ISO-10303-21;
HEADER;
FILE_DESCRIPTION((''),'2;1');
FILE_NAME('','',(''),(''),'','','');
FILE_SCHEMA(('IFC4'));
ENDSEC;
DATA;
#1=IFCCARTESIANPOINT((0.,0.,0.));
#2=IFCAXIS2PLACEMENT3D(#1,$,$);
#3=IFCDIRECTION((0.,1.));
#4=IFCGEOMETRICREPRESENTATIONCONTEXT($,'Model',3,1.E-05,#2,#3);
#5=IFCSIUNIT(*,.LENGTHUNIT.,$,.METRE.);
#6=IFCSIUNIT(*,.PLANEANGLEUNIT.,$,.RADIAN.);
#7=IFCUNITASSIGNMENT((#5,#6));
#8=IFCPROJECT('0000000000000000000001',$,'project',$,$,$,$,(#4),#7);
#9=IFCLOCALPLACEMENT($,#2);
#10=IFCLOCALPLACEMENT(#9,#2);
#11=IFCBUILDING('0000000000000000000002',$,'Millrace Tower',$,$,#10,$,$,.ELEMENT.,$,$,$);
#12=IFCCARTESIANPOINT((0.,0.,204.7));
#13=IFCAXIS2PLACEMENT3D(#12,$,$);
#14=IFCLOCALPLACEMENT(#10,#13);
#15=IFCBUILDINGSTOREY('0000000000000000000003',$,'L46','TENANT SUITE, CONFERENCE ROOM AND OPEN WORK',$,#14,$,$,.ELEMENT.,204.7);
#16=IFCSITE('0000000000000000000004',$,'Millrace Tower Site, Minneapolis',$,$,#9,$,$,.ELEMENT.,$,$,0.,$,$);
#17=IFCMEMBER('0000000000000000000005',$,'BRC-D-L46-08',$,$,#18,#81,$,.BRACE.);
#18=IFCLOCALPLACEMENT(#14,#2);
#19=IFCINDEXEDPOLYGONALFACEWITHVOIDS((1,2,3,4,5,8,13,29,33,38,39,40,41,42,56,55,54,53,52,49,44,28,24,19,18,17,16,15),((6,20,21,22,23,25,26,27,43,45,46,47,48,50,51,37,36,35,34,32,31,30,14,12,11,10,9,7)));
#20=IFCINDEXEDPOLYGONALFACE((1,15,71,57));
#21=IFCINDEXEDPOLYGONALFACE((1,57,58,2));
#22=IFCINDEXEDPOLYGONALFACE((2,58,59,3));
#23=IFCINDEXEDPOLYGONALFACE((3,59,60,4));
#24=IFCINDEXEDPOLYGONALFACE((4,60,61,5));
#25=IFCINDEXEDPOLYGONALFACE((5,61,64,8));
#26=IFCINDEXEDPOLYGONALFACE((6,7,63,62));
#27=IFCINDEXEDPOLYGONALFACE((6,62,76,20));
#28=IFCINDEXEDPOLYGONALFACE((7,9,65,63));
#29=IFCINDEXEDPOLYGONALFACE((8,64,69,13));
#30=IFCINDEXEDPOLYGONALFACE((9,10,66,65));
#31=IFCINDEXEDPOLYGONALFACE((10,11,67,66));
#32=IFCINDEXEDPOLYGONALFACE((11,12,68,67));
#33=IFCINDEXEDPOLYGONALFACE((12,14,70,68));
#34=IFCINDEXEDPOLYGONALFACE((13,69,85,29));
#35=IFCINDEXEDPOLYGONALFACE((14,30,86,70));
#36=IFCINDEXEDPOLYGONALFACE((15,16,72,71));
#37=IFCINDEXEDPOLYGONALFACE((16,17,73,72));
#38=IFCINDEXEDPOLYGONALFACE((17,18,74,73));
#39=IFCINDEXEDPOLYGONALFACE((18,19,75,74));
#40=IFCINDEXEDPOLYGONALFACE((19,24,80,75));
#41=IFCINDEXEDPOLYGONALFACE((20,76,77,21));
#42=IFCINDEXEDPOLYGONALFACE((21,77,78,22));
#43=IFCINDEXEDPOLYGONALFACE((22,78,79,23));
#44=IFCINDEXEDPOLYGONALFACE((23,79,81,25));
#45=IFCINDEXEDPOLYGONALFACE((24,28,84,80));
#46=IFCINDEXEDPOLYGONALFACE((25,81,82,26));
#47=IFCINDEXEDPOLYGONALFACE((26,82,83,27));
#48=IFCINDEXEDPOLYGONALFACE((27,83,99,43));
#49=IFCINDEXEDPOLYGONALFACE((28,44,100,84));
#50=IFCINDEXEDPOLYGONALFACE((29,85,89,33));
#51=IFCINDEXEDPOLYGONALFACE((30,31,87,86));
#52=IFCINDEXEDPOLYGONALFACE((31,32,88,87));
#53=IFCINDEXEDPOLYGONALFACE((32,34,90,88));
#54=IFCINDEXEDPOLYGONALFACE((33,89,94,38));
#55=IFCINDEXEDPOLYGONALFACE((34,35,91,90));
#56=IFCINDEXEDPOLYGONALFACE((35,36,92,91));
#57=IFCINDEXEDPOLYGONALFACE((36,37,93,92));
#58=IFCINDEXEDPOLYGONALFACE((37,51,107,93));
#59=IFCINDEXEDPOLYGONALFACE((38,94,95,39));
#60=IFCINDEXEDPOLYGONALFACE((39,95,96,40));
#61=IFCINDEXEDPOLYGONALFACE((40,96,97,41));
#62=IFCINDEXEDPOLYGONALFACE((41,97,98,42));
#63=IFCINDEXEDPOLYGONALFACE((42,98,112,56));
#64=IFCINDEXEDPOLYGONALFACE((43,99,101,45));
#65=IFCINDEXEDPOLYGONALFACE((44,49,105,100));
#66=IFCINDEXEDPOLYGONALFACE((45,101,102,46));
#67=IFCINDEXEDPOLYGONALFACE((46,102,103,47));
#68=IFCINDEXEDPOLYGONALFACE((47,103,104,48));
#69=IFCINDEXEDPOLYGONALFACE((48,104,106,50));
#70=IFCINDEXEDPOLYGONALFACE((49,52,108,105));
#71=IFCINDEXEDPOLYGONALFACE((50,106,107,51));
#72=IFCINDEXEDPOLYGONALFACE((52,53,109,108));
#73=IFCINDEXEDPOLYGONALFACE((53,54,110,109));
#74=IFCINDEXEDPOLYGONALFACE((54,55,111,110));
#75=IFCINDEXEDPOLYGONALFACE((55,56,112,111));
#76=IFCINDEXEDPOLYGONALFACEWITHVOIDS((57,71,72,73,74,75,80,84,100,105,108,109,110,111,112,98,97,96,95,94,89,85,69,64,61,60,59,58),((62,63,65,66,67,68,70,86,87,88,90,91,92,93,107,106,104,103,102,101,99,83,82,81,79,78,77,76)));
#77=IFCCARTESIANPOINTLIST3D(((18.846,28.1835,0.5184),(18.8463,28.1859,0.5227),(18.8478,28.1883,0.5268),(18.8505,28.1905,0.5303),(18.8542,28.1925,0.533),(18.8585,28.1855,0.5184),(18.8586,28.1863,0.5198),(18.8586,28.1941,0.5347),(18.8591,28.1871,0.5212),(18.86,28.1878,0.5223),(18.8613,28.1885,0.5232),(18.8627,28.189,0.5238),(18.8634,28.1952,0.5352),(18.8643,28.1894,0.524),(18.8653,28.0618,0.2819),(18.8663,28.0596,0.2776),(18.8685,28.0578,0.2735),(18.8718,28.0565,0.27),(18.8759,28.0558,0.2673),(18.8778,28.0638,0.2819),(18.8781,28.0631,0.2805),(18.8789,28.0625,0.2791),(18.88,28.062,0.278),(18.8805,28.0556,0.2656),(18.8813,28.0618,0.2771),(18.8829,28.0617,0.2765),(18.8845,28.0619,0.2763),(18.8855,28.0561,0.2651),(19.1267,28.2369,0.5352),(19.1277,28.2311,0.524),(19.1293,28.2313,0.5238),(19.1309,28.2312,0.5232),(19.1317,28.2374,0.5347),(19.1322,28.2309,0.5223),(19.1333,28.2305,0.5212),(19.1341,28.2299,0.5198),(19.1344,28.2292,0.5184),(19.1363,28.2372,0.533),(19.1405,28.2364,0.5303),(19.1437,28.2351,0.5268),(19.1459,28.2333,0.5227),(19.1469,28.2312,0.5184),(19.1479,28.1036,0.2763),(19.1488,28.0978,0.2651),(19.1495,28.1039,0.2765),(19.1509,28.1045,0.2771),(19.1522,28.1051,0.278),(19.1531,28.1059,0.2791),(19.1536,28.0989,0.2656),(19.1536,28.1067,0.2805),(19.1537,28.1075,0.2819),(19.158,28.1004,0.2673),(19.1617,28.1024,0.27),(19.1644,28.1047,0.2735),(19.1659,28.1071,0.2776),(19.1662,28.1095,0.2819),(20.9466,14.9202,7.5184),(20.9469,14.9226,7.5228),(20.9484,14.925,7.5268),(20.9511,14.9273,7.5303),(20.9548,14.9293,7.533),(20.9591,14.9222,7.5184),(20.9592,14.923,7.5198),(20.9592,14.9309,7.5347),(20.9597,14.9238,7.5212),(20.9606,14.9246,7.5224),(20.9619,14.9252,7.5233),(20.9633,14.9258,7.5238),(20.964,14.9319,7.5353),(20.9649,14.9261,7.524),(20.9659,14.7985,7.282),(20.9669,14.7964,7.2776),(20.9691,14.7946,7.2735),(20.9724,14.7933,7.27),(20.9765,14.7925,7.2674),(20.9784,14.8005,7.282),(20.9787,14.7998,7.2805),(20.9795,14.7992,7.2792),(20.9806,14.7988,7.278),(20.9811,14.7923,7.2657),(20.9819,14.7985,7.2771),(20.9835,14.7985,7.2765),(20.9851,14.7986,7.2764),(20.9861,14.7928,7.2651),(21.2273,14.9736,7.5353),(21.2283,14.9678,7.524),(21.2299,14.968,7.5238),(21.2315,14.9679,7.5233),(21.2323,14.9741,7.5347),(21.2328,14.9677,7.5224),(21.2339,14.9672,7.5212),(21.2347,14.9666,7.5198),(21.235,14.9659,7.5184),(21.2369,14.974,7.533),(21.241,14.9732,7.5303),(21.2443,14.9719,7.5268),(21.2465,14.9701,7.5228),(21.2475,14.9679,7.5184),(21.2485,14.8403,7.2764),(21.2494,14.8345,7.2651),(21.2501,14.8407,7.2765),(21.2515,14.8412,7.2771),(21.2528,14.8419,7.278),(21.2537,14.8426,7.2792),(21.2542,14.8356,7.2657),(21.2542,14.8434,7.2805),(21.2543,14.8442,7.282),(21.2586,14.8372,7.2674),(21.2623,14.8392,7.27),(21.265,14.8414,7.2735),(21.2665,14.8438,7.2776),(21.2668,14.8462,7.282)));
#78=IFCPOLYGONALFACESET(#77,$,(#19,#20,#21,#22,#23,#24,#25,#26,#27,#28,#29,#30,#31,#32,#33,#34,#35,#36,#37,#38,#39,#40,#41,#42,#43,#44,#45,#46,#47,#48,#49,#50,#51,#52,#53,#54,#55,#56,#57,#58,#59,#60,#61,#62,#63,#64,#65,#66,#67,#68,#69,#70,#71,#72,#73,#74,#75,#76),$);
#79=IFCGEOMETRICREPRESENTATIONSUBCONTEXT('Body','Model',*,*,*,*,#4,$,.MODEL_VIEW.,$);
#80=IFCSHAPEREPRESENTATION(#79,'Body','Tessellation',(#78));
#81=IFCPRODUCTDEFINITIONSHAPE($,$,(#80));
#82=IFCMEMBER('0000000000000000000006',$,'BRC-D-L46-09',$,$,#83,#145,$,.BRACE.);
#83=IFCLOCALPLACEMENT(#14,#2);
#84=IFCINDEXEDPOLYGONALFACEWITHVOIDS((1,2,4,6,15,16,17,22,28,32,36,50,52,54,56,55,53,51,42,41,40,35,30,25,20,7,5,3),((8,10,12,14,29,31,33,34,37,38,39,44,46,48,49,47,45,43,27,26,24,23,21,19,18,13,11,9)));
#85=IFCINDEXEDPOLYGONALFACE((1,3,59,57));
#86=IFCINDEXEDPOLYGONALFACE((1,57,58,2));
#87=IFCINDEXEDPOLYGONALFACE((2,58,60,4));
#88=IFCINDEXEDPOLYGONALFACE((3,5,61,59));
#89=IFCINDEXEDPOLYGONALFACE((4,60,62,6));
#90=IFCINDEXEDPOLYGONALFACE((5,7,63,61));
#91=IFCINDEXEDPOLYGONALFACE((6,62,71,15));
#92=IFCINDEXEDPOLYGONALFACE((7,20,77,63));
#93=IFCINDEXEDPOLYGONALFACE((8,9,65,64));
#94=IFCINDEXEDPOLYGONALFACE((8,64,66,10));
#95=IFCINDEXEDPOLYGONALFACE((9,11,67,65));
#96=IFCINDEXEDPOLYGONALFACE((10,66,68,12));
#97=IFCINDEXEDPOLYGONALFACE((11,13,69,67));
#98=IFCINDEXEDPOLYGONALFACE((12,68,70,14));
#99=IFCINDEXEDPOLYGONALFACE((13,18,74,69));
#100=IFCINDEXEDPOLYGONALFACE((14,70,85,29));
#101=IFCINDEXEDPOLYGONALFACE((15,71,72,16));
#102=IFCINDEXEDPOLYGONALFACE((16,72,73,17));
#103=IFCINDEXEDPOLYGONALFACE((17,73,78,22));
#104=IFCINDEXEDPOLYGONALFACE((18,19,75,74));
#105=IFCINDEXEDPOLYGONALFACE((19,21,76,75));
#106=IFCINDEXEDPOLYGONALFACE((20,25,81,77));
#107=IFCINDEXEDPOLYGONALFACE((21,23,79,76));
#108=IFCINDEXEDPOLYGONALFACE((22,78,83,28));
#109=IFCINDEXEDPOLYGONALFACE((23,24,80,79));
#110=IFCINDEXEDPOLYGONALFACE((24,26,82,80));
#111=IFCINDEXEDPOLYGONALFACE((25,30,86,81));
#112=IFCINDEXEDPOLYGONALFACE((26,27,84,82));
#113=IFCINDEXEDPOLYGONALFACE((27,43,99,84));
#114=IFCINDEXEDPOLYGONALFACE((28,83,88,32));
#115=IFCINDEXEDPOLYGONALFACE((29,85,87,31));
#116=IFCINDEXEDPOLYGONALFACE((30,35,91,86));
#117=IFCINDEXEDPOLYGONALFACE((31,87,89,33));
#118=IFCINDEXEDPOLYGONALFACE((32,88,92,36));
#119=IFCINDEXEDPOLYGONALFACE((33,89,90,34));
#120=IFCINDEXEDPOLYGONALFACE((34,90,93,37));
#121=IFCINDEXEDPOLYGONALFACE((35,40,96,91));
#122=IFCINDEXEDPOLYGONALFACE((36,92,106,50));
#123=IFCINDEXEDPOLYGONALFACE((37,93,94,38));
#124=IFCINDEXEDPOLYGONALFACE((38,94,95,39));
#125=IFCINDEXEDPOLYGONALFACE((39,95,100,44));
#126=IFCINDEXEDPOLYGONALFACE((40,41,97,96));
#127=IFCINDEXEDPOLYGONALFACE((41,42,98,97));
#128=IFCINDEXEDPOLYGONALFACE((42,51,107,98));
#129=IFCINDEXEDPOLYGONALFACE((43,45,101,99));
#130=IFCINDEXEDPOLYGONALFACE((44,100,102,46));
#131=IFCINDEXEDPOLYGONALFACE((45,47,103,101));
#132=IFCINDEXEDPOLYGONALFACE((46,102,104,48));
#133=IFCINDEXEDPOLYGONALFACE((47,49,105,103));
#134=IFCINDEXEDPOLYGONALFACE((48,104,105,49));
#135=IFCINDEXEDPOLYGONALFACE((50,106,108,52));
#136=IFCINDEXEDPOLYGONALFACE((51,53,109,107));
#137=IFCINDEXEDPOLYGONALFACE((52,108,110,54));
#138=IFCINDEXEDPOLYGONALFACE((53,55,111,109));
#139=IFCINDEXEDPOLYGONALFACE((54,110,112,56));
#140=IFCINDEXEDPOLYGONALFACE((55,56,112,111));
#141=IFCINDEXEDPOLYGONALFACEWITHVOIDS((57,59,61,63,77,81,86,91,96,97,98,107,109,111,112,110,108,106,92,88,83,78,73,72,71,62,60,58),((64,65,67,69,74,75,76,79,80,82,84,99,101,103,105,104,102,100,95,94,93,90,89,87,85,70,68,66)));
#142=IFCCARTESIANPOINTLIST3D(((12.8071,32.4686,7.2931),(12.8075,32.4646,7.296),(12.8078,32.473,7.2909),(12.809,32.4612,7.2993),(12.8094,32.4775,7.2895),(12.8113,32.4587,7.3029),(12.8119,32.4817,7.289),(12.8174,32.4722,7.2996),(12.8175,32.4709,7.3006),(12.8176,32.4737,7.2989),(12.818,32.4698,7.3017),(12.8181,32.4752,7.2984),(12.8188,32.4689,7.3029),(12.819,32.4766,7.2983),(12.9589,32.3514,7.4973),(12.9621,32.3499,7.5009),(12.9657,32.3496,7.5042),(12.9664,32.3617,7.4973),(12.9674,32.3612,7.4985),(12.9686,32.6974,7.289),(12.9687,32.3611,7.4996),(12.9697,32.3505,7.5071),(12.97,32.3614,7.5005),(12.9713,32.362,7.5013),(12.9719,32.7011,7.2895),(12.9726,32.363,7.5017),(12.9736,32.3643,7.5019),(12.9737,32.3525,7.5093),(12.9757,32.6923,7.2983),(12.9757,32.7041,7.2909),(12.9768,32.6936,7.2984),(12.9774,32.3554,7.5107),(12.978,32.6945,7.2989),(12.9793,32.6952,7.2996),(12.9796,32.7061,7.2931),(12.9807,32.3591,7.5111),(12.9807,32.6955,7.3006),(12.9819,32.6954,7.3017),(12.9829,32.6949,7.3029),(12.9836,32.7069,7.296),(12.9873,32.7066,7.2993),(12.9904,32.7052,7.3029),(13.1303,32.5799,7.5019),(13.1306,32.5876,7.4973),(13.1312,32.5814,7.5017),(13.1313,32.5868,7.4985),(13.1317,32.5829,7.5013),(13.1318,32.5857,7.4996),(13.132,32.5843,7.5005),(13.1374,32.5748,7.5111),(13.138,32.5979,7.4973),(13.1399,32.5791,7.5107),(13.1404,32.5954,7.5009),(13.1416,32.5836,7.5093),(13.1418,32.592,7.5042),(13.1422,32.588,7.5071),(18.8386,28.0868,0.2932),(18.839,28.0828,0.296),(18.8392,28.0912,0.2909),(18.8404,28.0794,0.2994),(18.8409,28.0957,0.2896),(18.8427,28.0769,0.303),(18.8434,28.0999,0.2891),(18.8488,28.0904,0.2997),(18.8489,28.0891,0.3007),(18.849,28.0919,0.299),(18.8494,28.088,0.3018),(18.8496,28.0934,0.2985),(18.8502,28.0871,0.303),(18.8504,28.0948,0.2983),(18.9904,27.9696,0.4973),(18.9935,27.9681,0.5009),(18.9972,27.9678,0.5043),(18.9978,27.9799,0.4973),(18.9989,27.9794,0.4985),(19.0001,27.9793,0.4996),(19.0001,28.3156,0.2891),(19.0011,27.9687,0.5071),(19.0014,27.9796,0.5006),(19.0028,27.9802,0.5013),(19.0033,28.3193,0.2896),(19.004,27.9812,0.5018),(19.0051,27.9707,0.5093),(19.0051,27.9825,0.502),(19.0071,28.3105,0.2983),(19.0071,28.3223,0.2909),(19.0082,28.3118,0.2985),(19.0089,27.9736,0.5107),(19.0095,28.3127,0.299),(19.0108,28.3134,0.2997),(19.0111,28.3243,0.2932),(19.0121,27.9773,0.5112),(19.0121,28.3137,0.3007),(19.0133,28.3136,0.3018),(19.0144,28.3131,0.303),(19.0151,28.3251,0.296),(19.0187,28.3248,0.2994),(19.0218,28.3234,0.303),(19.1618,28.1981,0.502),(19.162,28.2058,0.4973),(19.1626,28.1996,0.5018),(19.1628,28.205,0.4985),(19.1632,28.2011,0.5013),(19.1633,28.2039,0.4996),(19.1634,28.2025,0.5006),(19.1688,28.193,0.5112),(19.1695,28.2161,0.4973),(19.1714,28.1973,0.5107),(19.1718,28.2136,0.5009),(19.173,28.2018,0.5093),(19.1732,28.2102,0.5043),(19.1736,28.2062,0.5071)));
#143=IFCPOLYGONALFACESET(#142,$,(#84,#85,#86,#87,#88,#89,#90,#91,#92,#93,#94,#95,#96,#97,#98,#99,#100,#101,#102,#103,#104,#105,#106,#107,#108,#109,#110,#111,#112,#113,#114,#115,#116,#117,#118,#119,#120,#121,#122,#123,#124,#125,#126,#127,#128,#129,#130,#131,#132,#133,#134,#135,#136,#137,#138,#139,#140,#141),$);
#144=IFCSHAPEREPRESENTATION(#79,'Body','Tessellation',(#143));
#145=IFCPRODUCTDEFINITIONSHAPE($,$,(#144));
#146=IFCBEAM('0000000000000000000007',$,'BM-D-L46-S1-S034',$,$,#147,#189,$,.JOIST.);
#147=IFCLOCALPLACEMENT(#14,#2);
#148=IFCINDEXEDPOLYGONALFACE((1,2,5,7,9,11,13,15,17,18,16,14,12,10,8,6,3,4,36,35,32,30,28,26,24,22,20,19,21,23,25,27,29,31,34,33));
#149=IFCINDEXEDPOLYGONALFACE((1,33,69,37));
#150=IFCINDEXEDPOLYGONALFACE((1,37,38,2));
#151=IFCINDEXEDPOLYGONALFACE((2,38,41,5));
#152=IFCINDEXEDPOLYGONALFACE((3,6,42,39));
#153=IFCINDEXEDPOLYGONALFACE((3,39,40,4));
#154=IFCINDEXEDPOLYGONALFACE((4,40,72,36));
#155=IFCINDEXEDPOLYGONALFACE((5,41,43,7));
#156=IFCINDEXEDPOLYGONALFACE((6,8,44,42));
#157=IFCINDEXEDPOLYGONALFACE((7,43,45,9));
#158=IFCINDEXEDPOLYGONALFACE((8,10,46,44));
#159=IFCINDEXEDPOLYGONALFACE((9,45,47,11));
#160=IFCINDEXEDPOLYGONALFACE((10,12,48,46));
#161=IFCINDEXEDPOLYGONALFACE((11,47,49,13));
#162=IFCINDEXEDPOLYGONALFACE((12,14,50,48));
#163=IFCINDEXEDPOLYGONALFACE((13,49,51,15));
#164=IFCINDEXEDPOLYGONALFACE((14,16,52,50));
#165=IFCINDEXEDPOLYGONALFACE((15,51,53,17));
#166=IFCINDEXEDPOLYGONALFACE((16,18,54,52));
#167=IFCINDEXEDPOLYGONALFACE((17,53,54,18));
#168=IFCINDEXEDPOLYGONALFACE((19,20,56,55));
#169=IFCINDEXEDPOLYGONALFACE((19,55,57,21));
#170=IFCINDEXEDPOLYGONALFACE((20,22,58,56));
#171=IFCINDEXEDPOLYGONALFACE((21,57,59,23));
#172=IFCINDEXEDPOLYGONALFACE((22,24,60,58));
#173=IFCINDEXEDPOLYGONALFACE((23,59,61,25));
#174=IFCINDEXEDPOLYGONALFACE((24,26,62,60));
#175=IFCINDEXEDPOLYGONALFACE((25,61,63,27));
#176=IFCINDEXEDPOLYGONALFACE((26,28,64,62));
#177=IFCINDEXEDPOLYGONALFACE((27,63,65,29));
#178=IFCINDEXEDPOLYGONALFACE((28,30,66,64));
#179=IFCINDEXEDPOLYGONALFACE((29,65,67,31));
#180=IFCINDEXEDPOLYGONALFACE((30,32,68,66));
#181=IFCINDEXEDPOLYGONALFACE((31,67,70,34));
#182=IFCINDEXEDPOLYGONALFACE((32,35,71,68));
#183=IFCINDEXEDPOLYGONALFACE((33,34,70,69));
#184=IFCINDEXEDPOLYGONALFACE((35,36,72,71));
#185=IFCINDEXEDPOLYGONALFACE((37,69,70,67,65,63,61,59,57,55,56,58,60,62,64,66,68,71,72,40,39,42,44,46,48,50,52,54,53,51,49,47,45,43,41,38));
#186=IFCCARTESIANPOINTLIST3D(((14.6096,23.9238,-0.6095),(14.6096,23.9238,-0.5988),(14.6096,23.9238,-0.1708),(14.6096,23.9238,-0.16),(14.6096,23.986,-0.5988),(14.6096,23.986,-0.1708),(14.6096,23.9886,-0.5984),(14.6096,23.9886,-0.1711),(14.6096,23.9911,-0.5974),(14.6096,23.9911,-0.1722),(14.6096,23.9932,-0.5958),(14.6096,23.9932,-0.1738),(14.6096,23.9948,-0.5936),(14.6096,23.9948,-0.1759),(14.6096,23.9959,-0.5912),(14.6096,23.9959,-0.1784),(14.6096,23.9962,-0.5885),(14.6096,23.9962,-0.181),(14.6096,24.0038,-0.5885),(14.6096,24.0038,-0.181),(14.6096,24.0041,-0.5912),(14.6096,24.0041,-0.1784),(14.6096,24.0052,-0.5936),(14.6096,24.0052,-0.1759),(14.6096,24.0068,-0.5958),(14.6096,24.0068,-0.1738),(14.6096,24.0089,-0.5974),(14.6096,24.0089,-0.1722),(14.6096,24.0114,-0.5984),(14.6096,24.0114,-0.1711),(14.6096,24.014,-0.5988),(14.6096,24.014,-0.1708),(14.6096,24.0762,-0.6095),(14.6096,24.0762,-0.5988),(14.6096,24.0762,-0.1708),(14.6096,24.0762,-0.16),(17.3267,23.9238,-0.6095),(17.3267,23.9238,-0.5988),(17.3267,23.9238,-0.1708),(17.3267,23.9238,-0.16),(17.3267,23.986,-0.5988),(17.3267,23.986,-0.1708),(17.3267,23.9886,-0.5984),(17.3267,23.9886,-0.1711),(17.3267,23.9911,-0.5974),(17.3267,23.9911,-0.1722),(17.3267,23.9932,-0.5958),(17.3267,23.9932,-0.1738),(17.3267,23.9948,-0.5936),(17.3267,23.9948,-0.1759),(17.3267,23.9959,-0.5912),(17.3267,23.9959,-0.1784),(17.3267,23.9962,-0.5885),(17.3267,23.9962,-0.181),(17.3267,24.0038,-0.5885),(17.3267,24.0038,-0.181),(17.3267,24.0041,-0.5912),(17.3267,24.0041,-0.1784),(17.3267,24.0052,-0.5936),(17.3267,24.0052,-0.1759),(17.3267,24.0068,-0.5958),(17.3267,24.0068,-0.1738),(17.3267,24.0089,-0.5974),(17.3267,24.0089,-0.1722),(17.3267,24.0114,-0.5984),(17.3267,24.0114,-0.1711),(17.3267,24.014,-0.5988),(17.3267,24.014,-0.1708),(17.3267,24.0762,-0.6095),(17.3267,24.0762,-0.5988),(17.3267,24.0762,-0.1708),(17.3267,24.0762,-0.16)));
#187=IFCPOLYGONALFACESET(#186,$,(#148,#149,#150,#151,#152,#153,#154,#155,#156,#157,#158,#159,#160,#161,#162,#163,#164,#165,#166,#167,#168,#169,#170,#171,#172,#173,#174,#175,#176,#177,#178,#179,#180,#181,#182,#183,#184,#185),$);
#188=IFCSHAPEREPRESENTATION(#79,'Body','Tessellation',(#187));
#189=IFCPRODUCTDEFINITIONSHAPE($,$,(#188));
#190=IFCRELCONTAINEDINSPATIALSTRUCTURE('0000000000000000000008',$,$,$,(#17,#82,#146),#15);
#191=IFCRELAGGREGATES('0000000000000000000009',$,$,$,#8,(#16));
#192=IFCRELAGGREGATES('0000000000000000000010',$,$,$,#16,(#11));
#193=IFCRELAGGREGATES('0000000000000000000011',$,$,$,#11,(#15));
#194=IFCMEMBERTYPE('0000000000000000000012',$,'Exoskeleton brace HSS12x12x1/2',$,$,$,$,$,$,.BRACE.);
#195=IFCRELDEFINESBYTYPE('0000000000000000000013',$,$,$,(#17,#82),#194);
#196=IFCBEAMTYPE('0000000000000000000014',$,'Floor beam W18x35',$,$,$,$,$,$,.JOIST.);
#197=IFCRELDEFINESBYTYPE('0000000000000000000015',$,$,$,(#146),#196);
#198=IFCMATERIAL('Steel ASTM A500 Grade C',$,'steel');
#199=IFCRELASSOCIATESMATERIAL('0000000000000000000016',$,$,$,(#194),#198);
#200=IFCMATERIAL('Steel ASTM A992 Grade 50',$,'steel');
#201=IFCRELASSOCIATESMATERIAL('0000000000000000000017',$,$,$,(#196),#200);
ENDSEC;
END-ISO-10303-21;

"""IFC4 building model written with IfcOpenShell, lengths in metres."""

from ifc_helpers import new_model, si_unit, direction, frame, origin, origin_2d, place, context, subcontext, project, spatial, hollow_rectangle, i_section, extrude, material, material_profile, profile_set, type_object, element, save


model = new_model("IFC4")

# Units and contexts
model_context = context("Model", 3, precision=1e-05, world=origin(), true_north=direction((0.0, 1.0)))
body_context = subcontext(model_context, "Body", "Model", "MODEL_VIEW")
ifc_project = project(units=[si_unit("LENGTHUNIT", "METRE"), si_unit("PLANEANGLEUNIT", "RADIAN")], contexts=[model_context])

# Site, building, storey
site_placement = place(None, origin())
site = spatial("IfcSite", under=ifc_project, at=site_placement, Name="Millrace Tower Site, Minneapolis", CompositionType="ELEMENT", RefElevation=0.0)
building_placement = place(site_placement, origin())
building = spatial("IfcBuilding", under=site, at=building_placement, Name="Millrace Tower", CompositionType="ELEMENT")
storey_placement = place(building_placement, frame((0.0, 0.0, 204.7)))
storey = spatial("IfcBuildingStorey", under=building, at=storey_placement, Name="L46", Description="TENANT SUITE, CONFERENCE ROOM AND OPEN WORK", CompositionType="ELEMENT", Elevation=204.7)

# Members
ifc_material_1 = material(Name="Steel ASTM A500 Grade C", Category="steel")
ifc_material_profile_1 = material_profile(ifc_material_1, hollow_rectangle(XDim=0.3047, YDim=0.3047, WallThickness=0.0127, InnerFilletRadius=0.0063, OuterFilletRadius=0.019, at=origin_2d()))
ifc_profile_set_1 = profile_set([ifc_material_profile_1], Name="Steel ASTM A500 Grade C")
member_type_1 = type_object("IfcMemberType", Name="Exoskeleton brace HSS12x12x1/2", PredefinedType="BRACE", material=ifc_profile_set_1)
member_1_placement = place(storey_placement, frame((19.0061, 28.1465, 0.4001), z_axis=(0.138712, -0.875836, 0.462246), x_axis=(0.987689, 0.156427, 0.0)))
element("IfcMember", 1, at=member_1_placement, inside=storey, type_object=member_type_1, Name="BRC-D-L46-08", PredefinedType="BRACE", context=body_context, shape_type="SweptSolid", body=[
    extrude(hollow_rectangle(XDim=0.3047, YDim=0.3047, WallThickness=0.0127, InnerFilletRadius=0.0063, OuterFilletRadius=0.019, at=origin_2d()), origin(), (0.0, 0.0, 1.0), 15.1436),
])
member_2_placement = place(storey_placement, frame((19.0061, 28.1465, 0.4001), z_axis=(-0.589796, 0.428482, 0.684502), x_axis=(-0.587759, -0.809036, 0.0)))
element("IfcMember", 2, at=member_2_placement, inside=storey, type_object=member_type_1, Name="BRC-D-L46-09", PredefinedType="BRACE", context=body_context, shape_type="SweptSolid", body=[
    extrude(hollow_rectangle(XDim=0.3047, YDim=0.3047, WallThickness=0.0127, InnerFilletRadius=0.0063, OuterFilletRadius=0.019, at=origin_2d()), origin(), (0.0, 0.0, 1.0), 10.2263),
])

# Beam
ifc_material_2 = material(Name="Steel ASTM A992 Grade 50", Category="steel")
ifc_material_profile_2 = material_profile(ifc_material_2, i_section(OverallWidth=0.1523, OverallDepth=0.4495, WebThickness=0.0076, FlangeThickness=0.0107, FilletRadius=0.0103, at=origin_2d()))
ifc_profile_set_2 = profile_set([ifc_material_profile_2], Name="Steel ASTM A992 Grade 50")
beam_type_1 = type_object("IfcBeamType", Name="Floor beam W18x35", PredefinedType="JOIST", material=ifc_profile_set_2)
beam_1_placement = place(storey_placement, frame((14.6096, 24.0, -0.3848), z_axis=(1.0, 0.0, 0.0), x_axis=(0.0, 1.0, 0.0)))
element("IfcBeam", 3, at=beam_1_placement, inside=storey, type_object=beam_type_1, Name="BM-D-L46-S1-S034", PredefinedType="JOIST", context=body_context, shape_type="SweptSolid", body=[
    extrude(i_section(OverallWidth=0.1523, OverallDepth=0.4495, WebThickness=0.0076, FlangeThickness=0.0107, FilletRadius=0.0103, at=origin_2d()), origin(), (0.0, 0.0, 1.0), 2.717),
])

save(model, "model.ifc")
